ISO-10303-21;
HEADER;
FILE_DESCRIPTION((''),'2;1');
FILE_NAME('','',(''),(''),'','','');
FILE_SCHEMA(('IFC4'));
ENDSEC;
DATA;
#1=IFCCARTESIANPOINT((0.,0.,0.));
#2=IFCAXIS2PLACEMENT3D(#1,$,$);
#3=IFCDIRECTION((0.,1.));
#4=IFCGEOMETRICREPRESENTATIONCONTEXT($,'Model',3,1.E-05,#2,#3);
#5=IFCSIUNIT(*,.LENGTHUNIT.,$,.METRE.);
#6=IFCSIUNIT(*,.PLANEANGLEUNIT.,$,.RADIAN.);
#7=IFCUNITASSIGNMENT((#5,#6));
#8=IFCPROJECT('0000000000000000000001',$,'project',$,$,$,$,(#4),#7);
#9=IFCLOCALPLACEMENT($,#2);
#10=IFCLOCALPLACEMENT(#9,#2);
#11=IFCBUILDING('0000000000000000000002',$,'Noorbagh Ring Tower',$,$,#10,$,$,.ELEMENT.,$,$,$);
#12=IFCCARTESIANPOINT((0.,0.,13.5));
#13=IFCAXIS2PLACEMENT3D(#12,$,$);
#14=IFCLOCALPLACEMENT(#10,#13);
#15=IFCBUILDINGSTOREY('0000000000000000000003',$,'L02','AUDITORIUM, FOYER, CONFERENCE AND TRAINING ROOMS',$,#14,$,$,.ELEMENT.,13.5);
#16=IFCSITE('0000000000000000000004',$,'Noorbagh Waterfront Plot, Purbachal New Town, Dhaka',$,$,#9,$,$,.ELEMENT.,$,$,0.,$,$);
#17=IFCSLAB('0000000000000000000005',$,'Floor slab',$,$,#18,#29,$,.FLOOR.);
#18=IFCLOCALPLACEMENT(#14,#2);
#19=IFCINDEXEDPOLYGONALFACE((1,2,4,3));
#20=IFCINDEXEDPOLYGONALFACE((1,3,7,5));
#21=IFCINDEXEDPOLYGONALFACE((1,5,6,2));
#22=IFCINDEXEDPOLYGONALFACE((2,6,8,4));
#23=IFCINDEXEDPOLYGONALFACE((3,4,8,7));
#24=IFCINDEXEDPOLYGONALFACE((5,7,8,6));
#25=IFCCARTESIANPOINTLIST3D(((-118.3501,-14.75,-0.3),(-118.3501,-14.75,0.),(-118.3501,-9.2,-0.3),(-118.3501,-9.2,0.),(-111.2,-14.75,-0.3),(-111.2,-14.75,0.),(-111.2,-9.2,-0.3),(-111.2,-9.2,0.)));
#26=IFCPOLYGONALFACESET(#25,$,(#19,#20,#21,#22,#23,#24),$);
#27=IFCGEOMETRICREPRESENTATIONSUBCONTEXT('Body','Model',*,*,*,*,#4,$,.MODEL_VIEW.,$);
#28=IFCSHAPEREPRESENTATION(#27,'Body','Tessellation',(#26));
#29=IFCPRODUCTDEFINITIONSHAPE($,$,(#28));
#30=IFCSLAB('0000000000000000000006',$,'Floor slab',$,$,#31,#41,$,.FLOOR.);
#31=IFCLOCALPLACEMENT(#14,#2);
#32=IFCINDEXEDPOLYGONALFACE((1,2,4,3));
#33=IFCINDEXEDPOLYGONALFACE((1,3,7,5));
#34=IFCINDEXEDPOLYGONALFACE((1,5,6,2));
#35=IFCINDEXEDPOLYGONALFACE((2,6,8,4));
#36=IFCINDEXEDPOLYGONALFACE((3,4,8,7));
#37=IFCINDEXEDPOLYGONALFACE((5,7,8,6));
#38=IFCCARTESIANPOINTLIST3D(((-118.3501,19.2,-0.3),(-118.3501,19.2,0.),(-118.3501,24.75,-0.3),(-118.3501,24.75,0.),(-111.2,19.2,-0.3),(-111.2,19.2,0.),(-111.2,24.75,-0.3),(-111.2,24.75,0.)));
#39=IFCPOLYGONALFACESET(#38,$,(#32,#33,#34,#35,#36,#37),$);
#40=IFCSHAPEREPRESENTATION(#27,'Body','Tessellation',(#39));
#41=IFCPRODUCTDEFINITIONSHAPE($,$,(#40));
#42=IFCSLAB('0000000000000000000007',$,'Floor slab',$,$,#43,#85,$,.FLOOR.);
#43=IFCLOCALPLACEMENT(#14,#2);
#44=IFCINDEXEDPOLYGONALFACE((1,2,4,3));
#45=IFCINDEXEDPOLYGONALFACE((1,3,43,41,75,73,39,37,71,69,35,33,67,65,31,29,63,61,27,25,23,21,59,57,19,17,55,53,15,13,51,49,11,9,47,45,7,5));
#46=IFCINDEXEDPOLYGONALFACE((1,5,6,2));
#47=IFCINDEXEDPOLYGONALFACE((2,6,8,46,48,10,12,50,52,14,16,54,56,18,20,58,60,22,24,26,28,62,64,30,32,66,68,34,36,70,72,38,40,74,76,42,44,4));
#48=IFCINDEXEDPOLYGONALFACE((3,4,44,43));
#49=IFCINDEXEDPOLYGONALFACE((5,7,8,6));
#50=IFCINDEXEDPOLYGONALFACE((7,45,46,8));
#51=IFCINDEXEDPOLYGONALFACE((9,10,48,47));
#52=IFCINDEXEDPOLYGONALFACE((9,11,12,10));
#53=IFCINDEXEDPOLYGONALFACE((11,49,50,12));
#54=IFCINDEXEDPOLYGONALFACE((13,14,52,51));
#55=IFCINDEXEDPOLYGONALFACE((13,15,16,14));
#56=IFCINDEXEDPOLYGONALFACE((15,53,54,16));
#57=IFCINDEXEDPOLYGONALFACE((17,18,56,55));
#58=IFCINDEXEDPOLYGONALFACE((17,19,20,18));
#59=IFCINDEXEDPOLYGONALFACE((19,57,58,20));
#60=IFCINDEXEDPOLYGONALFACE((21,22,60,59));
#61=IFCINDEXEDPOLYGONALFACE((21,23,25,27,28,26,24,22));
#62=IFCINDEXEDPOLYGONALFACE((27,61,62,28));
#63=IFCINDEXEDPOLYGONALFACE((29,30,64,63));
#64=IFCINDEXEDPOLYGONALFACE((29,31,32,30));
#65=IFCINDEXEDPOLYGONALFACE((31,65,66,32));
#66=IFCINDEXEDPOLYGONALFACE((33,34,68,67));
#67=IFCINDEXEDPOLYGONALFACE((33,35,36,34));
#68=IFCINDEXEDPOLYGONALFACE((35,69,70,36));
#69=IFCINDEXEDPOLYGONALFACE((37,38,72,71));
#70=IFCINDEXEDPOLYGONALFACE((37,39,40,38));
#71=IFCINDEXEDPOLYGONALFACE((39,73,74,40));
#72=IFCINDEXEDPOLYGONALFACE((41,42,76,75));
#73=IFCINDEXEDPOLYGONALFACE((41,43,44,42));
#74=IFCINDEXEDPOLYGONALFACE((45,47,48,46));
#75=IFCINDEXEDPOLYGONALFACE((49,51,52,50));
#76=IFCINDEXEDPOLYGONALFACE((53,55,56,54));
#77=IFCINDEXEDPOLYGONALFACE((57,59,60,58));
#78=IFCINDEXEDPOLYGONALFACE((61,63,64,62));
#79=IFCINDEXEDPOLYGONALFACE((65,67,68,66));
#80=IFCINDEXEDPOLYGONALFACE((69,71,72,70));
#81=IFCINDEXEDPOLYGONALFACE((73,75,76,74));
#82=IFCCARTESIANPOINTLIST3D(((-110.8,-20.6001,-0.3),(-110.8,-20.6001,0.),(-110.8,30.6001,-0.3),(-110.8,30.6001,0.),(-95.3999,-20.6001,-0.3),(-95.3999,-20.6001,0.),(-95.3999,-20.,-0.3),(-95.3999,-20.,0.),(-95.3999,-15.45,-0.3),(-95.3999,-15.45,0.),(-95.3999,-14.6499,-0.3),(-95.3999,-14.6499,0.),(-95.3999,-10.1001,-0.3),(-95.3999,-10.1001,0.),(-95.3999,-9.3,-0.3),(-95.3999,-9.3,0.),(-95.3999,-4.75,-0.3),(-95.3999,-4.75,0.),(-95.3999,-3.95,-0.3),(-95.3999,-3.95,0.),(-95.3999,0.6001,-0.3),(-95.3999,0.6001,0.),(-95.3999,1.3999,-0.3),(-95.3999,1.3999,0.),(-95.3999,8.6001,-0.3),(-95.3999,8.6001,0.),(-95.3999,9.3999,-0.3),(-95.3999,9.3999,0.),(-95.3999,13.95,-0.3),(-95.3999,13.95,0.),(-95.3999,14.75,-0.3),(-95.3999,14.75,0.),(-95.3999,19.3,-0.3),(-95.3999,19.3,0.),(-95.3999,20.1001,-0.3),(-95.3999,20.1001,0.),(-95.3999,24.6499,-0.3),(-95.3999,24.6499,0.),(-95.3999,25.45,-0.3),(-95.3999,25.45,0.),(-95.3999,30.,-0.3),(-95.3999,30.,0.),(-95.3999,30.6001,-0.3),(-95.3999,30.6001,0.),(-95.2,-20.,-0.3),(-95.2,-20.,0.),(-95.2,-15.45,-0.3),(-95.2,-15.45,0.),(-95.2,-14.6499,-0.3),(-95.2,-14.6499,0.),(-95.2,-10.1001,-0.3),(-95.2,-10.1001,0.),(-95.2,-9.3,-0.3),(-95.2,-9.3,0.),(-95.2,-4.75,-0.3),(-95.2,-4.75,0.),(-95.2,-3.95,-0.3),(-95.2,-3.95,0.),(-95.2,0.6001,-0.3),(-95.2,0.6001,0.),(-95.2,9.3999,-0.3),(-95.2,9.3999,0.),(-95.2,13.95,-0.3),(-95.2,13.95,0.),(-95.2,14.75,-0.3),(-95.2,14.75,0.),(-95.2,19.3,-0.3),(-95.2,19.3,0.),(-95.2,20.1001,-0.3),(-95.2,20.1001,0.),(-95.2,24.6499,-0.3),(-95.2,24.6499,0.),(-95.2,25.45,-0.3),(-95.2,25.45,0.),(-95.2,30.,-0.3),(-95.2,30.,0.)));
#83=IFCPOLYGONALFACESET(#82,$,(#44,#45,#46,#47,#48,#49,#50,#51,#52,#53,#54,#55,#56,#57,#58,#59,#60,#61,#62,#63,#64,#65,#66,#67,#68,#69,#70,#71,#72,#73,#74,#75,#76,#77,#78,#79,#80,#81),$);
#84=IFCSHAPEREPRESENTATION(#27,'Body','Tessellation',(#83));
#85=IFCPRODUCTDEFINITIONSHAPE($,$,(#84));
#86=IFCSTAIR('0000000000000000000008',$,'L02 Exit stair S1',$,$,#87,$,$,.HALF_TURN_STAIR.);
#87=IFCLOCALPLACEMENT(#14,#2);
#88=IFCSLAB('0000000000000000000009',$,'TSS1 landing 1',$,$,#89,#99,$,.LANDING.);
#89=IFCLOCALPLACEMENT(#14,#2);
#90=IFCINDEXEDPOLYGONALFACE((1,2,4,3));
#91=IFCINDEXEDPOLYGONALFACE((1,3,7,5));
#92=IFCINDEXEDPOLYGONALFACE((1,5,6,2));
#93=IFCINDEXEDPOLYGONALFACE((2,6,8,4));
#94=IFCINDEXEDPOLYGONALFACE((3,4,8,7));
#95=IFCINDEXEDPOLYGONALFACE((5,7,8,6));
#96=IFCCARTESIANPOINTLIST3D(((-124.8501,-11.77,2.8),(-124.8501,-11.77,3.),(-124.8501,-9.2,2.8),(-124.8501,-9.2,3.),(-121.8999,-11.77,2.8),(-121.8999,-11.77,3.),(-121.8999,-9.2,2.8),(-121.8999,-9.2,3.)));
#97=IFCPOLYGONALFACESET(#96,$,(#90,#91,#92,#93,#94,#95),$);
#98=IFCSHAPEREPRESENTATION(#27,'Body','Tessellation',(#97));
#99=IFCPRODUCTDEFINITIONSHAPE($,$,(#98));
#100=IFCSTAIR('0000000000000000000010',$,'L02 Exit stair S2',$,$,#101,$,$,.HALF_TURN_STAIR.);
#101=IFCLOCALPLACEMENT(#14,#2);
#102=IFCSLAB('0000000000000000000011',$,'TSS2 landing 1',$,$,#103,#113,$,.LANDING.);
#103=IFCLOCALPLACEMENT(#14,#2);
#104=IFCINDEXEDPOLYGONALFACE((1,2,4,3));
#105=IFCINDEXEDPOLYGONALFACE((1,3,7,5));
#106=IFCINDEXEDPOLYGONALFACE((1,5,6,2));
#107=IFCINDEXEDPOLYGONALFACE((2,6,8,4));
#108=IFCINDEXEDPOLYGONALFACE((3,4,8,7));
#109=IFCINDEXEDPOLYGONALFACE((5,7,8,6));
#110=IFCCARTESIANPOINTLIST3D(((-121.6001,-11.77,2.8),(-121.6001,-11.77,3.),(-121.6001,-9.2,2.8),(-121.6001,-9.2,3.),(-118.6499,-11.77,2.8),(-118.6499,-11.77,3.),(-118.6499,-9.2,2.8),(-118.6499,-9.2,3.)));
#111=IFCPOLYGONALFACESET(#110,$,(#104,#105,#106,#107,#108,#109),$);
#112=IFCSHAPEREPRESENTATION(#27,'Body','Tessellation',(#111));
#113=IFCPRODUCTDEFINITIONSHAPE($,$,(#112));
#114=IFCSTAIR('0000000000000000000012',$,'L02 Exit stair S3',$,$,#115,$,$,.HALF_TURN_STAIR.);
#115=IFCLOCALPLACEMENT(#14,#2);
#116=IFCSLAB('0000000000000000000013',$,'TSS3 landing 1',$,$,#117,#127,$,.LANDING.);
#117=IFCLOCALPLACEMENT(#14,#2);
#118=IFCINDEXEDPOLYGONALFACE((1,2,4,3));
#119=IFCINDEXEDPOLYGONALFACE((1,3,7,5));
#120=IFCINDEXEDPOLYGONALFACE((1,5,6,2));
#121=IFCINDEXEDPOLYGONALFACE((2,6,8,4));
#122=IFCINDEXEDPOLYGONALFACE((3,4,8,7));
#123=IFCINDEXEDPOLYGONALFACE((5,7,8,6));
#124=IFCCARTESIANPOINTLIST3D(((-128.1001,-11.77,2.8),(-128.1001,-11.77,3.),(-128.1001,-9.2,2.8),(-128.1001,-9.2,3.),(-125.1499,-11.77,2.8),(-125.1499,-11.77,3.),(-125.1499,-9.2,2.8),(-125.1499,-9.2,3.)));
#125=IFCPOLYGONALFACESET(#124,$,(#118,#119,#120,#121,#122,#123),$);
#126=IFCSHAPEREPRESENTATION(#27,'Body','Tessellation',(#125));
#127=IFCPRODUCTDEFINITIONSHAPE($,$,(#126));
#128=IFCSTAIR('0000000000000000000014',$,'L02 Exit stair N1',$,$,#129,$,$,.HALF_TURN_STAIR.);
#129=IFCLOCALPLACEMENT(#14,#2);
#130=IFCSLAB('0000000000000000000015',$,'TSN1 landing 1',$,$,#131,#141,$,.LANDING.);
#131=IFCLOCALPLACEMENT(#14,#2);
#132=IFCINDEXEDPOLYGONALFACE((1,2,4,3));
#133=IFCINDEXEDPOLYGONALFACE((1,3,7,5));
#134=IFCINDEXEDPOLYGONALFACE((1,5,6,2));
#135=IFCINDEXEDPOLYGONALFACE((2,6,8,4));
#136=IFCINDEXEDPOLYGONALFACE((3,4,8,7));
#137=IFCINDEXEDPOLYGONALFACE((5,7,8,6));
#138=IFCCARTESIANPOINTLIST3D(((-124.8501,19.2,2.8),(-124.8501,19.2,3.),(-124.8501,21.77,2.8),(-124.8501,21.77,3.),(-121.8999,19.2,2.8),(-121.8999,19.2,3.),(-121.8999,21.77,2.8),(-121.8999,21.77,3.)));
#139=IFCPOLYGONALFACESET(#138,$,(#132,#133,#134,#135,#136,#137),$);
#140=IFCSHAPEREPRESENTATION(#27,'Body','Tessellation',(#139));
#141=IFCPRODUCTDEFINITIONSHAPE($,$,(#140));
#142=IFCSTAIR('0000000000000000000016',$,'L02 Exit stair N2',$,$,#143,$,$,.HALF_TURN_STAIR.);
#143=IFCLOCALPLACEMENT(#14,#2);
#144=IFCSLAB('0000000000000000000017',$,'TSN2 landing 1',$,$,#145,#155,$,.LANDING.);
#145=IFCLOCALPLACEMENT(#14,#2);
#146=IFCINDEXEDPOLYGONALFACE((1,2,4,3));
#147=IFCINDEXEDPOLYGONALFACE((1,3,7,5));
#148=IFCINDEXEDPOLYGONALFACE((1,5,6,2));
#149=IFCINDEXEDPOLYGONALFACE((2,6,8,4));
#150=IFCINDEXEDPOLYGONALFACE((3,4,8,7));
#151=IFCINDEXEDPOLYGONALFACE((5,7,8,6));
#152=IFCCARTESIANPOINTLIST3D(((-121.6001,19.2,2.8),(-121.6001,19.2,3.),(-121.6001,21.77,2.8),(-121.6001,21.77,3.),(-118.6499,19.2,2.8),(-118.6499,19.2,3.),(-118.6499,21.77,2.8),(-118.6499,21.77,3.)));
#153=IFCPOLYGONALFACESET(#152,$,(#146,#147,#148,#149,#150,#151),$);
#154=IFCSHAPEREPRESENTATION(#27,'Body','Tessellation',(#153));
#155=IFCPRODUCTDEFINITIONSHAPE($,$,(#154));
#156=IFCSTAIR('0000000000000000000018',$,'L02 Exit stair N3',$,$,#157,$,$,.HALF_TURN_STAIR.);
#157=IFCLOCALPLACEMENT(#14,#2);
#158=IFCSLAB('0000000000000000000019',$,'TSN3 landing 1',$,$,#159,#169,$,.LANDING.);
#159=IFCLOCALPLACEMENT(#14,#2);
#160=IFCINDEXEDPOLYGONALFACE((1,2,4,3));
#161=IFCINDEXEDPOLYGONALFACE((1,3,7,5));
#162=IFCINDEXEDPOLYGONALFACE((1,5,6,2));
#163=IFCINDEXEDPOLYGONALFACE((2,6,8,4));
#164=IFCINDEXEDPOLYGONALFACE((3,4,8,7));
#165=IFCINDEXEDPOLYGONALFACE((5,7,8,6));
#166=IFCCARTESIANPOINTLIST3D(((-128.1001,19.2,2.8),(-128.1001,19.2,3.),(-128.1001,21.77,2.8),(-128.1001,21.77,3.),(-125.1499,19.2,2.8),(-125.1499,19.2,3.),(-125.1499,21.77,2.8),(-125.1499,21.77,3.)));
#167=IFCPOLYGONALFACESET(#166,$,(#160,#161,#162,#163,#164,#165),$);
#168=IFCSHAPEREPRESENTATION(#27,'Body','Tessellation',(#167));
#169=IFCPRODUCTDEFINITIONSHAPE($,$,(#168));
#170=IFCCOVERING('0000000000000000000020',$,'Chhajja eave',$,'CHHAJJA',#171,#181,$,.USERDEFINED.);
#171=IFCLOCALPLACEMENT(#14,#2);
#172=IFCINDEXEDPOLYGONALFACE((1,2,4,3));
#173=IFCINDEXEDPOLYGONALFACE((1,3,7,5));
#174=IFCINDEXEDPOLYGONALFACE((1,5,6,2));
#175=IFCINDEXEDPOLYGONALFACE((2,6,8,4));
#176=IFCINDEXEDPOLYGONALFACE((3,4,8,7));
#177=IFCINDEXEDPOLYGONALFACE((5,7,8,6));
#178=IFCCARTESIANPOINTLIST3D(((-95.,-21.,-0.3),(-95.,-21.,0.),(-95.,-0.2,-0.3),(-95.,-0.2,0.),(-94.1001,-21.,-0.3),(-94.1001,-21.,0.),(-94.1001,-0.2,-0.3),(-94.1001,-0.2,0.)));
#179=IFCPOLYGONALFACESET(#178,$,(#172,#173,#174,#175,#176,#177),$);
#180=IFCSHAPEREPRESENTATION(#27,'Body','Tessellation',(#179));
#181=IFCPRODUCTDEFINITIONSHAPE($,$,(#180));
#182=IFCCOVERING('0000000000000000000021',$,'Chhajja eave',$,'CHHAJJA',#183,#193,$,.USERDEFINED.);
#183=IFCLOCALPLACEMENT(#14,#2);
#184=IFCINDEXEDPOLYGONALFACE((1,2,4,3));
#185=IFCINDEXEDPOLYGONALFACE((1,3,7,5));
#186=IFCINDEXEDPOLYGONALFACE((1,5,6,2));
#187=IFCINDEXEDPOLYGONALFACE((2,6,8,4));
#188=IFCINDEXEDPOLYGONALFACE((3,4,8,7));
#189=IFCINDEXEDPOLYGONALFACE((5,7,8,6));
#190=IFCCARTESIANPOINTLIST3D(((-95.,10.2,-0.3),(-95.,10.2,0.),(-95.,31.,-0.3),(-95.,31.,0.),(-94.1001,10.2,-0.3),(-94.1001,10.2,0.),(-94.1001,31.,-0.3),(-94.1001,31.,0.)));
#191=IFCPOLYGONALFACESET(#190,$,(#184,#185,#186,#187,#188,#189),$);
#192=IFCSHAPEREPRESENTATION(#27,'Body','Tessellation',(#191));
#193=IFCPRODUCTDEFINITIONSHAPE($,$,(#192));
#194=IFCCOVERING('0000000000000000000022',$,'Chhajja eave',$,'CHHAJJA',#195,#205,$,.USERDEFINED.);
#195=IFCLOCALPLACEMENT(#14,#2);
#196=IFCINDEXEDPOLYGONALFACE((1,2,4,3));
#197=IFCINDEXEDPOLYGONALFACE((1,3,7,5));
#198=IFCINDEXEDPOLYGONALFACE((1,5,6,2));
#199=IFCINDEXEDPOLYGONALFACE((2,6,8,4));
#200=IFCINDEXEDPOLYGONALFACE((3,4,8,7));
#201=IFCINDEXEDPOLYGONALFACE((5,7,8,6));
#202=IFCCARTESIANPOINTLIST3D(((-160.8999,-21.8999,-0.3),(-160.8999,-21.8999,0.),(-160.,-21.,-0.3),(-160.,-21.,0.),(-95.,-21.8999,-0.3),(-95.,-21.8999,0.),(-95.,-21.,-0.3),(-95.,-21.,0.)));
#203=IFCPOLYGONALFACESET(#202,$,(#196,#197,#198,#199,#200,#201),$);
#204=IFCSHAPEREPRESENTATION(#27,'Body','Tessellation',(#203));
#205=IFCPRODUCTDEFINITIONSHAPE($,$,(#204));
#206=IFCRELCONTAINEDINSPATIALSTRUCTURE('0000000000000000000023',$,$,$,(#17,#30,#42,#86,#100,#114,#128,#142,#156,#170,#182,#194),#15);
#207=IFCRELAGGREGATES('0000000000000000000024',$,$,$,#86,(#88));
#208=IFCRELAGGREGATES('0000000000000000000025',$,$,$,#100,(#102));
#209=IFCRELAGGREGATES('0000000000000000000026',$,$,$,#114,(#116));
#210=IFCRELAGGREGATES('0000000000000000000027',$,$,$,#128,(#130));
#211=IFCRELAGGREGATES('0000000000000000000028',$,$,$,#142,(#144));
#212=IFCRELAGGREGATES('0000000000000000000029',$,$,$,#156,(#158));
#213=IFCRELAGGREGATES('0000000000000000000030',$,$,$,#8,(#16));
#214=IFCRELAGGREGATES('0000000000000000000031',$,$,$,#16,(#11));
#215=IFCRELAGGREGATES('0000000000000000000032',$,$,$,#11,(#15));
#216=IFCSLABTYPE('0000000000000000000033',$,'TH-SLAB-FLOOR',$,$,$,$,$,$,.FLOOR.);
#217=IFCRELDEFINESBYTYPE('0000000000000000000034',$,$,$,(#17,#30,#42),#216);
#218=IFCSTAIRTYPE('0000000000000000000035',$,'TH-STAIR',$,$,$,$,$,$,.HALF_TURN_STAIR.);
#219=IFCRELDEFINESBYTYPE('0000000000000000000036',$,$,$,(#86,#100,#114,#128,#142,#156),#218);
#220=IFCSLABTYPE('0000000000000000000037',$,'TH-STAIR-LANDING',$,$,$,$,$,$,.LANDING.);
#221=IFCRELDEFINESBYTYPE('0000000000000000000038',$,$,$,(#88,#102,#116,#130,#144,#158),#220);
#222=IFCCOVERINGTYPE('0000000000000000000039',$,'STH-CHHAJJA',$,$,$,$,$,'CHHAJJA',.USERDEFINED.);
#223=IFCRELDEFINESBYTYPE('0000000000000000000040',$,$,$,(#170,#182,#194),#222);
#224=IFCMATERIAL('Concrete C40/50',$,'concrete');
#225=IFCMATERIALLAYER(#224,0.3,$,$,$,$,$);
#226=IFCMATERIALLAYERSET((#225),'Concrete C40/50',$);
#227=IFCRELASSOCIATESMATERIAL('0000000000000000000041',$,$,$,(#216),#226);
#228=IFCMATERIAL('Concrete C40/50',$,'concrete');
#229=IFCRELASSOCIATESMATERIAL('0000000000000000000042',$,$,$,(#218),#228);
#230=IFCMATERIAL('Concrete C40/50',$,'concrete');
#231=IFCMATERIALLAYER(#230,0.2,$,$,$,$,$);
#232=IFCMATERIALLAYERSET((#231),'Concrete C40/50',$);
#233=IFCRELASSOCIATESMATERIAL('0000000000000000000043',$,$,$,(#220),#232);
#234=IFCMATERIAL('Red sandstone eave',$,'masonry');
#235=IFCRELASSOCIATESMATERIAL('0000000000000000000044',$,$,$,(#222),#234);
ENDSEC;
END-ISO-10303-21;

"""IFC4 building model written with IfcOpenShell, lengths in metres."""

from ifc_helpers import new_model, si_unit, direction, frame, origin, place, context, subcontext, project, spatial, polyline, outline, extrude, material, layer, layer_set, type_object, element, aggregate, save


model = new_model("IFC4")

# Units and contexts
model_context = context("Model", 3, precision=1e-05, world=origin(), true_north=direction((0.0, 1.0)))
body_context = subcontext(model_context, "Body", "Model", "MODEL_VIEW")
ifc_project = project(units=[si_unit("LENGTHUNIT", "METRE"), si_unit("PLANEANGLEUNIT", "RADIAN")], contexts=[model_context])

# Site, building, storey
site_placement = place(None, origin())
site = spatial("IfcSite", under=ifc_project, at=site_placement, Name="Noorbagh Waterfront Plot, Purbachal New Town, Dhaka", CompositionType="ELEMENT", RefElevation=0.0)
building_placement = place(site_placement, origin())
building = spatial("IfcBuilding", under=site, at=building_placement, Name="Noorbagh Ring Tower", CompositionType="ELEMENT")
storey_placement = place(building_placement, frame((0.0, 0.0, 13.5)))
storey = spatial("IfcBuildingStorey", under=building, at=storey_placement, Name="L02", Description="AUDITORIUM, FOYER, CONFERENCE AND TRAINING ROOMS", CompositionType="ELEMENT", Elevation=13.5)

# Slabs
ifc_material_1 = material(Name="Concrete C40/50", Category="concrete")
ifc_layer_1 = layer(ifc_material_1, 0.3)
ifc_layer_set_1 = layer_set([ifc_layer_1], Name="Concrete C40/50")
slab_type_1 = type_object("IfcSlabType", Name="TH-SLAB-FLOOR", PredefinedType="FLOOR", material=ifc_layer_set_1)
slab_1_placement = place(storey_placement, frame((0.0, 0.0, -0.3)))
element("IfcSlab", 1, at=slab_1_placement, inside=storey, type_object=slab_type_1, Name="Floor slab", PredefinedType="FLOOR", context=body_context, shape_type="SweptSolid", body=[
    extrude(outline(polyline([(-111.2, -14.75), (-111.2, -9.2), (-118.3501, -9.2), (-118.3501, -14.75), (-111.2, -14.75)])), origin(), (0.0, 0.0, 1.0), 0.3),
])
slab_2_placement = place(storey_placement, frame((0.0, 0.0, -0.3)))
element("IfcSlab", 2, at=slab_2_placement, inside=storey, type_object=slab_type_1, Name="Floor slab", PredefinedType="FLOOR", context=body_context, shape_type="SweptSolid", body=[
    extrude(outline(polyline([(-118.3501, 24.75), (-118.3501, 19.2), (-111.2, 19.2), (-111.2, 24.75), (-118.3501, 24.75)])), origin(), (0.0, 0.0, 1.0), 0.3),
])
slab_3_placement = place(storey_placement, frame((0.0, 0.0, -0.3)))
element("IfcSlab", 3, at=slab_3_placement, inside=storey, type_object=slab_type_1, Name="Floor slab", PredefinedType="FLOOR", context=body_context, shape_type="SweptSolid", body=[
    extrude(outline(polyline([(-95.3999, 20.1001), (-95.2, 20.1001), (-95.2, 24.6499), (-95.3999, 24.6499), (-95.3999, 25.45), (-95.2, 25.45), (-95.2, 30.0), (-95.3999, 30.0), (-95.3999, 30.6001), (-110.8, 30.6001), (-110.8, -20.6001), (-95.3999, -20.6001), (-95.3999, -20.0), (-95.2, -20.0), (-95.2, -15.45), (-95.3999, -15.45), (-95.3999, -14.6499), (-95.2, -14.6499), (-95.2, -10.1001), (-95.3999, -10.1001), (-95.3999, -9.3), (-95.2, -9.3), (-95.2, -4.75), (-95.3999, -4.75), (-95.3999, -3.95), (-95.2, -3.95), (-95.2, 0.6001), (-95.3999, 0.6001), (-95.3999, 1.3999), (-95.3999, 8.6001), (-95.3999, 9.3999), (-95.2, 9.3999), (-95.2, 13.95), (-95.3999, 13.95), (-95.3999, 14.75), (-95.2, 14.75), (-95.2, 19.3), (-95.3999, 19.3), (-95.3999, 20.1001)])), origin(), (0.0, 0.0, 1.0), 0.3),
])

# Stairs, slabs
ifc_material_2 = material(Name="Concrete C40/50", Category="concrete")
stair_type = type_object("IfcStairType", Name="TH-STAIR", PredefinedType="HALF_TURN_STAIR", material=ifc_material_2)
stair_1_placement = place(storey_placement, origin())
stair_1 = element("IfcStair", 4, at=stair_1_placement, inside=storey, type_object=stair_type, Name="L02 Exit stair S1", PredefinedType="HALF_TURN_STAIR")
ifc_material_3 = material(Name="Concrete C40/50", Category="concrete")
ifc_layer_2 = layer(ifc_material_3, 0.2)
ifc_layer_set_2 = layer_set([ifc_layer_2], Name="Concrete C40/50")
slab_type_2 = type_object("IfcSlabType", Name="TH-STAIR-LANDING", PredefinedType="LANDING", material=ifc_layer_set_2)
slab_4_placement = place(storey_placement, frame((0.0, 0.0, 2.8)))
slab_4 = element("IfcSlab", 5, at=slab_4_placement, type_object=slab_type_2, Name="TSS1 landing 1", PredefinedType="LANDING", context=body_context, shape_type="SweptSolid", body=[
    extrude(outline(polyline([(-121.8999, -11.77), (-121.8999, -9.2), (-124.8501, -9.2), (-124.8501, -11.77), (-121.8999, -11.77)])), origin(), (0.0, 0.0, 1.0), 0.2),
])
aggregate(stair_1, [slab_4])
stair_2_placement = place(storey_placement, origin())
stair_2 = element("IfcStair", 6, at=stair_2_placement, inside=storey, type_object=stair_type, Name="L02 Exit stair S2", PredefinedType="HALF_TURN_STAIR")
slab_5_placement = place(storey_placement, frame((0.0, 0.0, 2.8)))
slab_5 = element("IfcSlab", 7, at=slab_5_placement, type_object=slab_type_2, Name="TSS2 landing 1", PredefinedType="LANDING", context=body_context, shape_type="SweptSolid", body=[
    extrude(outline(polyline([(-118.6499, -11.77), (-118.6499, -9.2), (-121.6001, -9.2), (-121.6001, -11.77), (-118.6499, -11.77)])), origin(), (0.0, 0.0, 1.0), 0.2),
])
aggregate(stair_2, [slab_5])
stair_3_placement = place(storey_placement, origin())
stair_3 = element("IfcStair", 8, at=stair_3_placement, inside=storey, type_object=stair_type, Name="L02 Exit stair S3", PredefinedType="HALF_TURN_STAIR")
slab_6_placement = place(storey_placement, frame((0.0, 0.0, 2.8)))
slab_6 = element("IfcSlab", 9, at=slab_6_placement, type_object=slab_type_2, Name="TSS3 landing 1", PredefinedType="LANDING", context=body_context, shape_type="SweptSolid", body=[
    extrude(outline(polyline([(-125.1499, -11.77), (-125.1499, -9.2), (-128.1001, -9.2), (-128.1001, -11.77), (-125.1499, -11.77)])), origin(), (0.0, 0.0, 1.0), 0.2),
])
aggregate(stair_3, [slab_6])
stair_4_placement = place(storey_placement, origin())
stair_4 = element("IfcStair", 10, at=stair_4_placement, inside=storey, type_object=stair_type, Name="L02 Exit stair N1", PredefinedType="HALF_TURN_STAIR")
slab_7_placement = place(storey_placement, frame((0.0, 0.0, 2.8)))
slab_7 = element("IfcSlab", 11, at=slab_7_placement, type_object=slab_type_2, Name="TSN1 landing 1", PredefinedType="LANDING", context=body_context, shape_type="SweptSolid", body=[
    extrude(outline(polyline([(-124.8501, 21.77), (-124.8501, 19.2), (-121.8999, 19.2), (-121.8999, 21.77), (-124.8501, 21.77)])), origin(), (0.0, 0.0, 1.0), 0.2),
])
aggregate(stair_4, [slab_7])
stair_5_placement = place(storey_placement, origin())
stair_5 = element("IfcStair", 12, at=stair_5_placement, inside=storey, type_object=stair_type, Name="L02 Exit stair N2", PredefinedType="HALF_TURN_STAIR")
slab_8_placement = place(storey_placement, frame((0.0, 0.0, 2.8)))
slab_8 = element("IfcSlab", 13, at=slab_8_placement, type_object=slab_type_2, Name="TSN2 landing 1", PredefinedType="LANDING", context=body_context, shape_type="SweptSolid", body=[
    extrude(outline(polyline([(-121.6001, 21.77), (-121.6001, 19.2), (-118.6499, 19.2), (-118.6499, 21.77), (-121.6001, 21.77)])), origin(), (0.0, 0.0, 1.0), 0.2),
])
aggregate(stair_5, [slab_8])
stair_6_placement = place(storey_placement, origin())
stair_6 = element("IfcStair", 14, at=stair_6_placement, inside=storey, type_object=stair_type, Name="L02 Exit stair N3", PredefinedType="HALF_TURN_STAIR")
slab_9_placement = place(storey_placement, frame((0.0, 0.0, 2.8)))
slab_9 = element("IfcSlab", 15, at=slab_9_placement, type_object=slab_type_2, Name="TSN3 landing 1", PredefinedType="LANDING", context=body_context, shape_type="SweptSolid", body=[
    extrude(outline(polyline([(-128.1001, 21.77), (-128.1001, 19.2), (-125.1499, 19.2), (-125.1499, 21.77), (-128.1001, 21.77)])), origin(), (0.0, 0.0, 1.0), 0.2),
])
aggregate(stair_6, [slab_9])

# Coverings
ifc_material_4 = material(Name="Red sandstone eave", Category="masonry")
covering_type_1 = type_object("IfcCoveringType", Name="STH-CHHAJJA", ElementType="CHHAJJA", PredefinedType="USERDEFINED", material=ifc_material_4)
covering_1_placement = place(storey_placement, frame((0.0, 0.0, -0.3)))
element("IfcCovering", 16, at=covering_1_placement, inside=storey, type_object=covering_type_1, Name="Chhajja eave", ObjectType="CHHAJJA", PredefinedType="USERDEFINED", context=body_context, shape_type="SweptSolid", body=[
    extrude(outline(polyline([(-95.0, -21.0), (-95.0, -0.2), (-94.1001, -0.2), (-94.1001, -21.0), (-95.0, -21.0)])), origin(), (0.0, 0.0, 1.0), 0.3),
])
covering_2_placement = place(storey_placement, frame((0.0, 0.0, -0.3)))
element("IfcCovering", 17, at=covering_2_placement, inside=storey, type_object=covering_type_1, Name="Chhajja eave", ObjectType="CHHAJJA", PredefinedType="USERDEFINED", context=body_context, shape_type="SweptSolid", body=[
    extrude(outline(polyline([(-95.0, 10.2), (-95.0, 31.0), (-94.1001, 31.0), (-94.1001, 10.2), (-95.0, 10.2)])), origin(), (0.0, 0.0, 1.0), 0.3),
])
covering_3_placement = place(storey_placement, frame((0.0, 0.0, -0.3)))
element("IfcCovering", 18, at=covering_3_placement, inside=storey, type_object=covering_type_1, Name="Chhajja eave", ObjectType="CHHAJJA", PredefinedType="USERDEFINED", context=body_context, shape_type="SweptSolid", body=[
    extrude(outline(polyline([(-160.0, -21.0), (-95.0, -21.0), (-95.0, -21.8999), (-160.8999, -21.8999), (-160.0, -21.0)])), origin(), (0.0, 0.0, 1.0), 0.3),
])

save(model, "model.ifc")
